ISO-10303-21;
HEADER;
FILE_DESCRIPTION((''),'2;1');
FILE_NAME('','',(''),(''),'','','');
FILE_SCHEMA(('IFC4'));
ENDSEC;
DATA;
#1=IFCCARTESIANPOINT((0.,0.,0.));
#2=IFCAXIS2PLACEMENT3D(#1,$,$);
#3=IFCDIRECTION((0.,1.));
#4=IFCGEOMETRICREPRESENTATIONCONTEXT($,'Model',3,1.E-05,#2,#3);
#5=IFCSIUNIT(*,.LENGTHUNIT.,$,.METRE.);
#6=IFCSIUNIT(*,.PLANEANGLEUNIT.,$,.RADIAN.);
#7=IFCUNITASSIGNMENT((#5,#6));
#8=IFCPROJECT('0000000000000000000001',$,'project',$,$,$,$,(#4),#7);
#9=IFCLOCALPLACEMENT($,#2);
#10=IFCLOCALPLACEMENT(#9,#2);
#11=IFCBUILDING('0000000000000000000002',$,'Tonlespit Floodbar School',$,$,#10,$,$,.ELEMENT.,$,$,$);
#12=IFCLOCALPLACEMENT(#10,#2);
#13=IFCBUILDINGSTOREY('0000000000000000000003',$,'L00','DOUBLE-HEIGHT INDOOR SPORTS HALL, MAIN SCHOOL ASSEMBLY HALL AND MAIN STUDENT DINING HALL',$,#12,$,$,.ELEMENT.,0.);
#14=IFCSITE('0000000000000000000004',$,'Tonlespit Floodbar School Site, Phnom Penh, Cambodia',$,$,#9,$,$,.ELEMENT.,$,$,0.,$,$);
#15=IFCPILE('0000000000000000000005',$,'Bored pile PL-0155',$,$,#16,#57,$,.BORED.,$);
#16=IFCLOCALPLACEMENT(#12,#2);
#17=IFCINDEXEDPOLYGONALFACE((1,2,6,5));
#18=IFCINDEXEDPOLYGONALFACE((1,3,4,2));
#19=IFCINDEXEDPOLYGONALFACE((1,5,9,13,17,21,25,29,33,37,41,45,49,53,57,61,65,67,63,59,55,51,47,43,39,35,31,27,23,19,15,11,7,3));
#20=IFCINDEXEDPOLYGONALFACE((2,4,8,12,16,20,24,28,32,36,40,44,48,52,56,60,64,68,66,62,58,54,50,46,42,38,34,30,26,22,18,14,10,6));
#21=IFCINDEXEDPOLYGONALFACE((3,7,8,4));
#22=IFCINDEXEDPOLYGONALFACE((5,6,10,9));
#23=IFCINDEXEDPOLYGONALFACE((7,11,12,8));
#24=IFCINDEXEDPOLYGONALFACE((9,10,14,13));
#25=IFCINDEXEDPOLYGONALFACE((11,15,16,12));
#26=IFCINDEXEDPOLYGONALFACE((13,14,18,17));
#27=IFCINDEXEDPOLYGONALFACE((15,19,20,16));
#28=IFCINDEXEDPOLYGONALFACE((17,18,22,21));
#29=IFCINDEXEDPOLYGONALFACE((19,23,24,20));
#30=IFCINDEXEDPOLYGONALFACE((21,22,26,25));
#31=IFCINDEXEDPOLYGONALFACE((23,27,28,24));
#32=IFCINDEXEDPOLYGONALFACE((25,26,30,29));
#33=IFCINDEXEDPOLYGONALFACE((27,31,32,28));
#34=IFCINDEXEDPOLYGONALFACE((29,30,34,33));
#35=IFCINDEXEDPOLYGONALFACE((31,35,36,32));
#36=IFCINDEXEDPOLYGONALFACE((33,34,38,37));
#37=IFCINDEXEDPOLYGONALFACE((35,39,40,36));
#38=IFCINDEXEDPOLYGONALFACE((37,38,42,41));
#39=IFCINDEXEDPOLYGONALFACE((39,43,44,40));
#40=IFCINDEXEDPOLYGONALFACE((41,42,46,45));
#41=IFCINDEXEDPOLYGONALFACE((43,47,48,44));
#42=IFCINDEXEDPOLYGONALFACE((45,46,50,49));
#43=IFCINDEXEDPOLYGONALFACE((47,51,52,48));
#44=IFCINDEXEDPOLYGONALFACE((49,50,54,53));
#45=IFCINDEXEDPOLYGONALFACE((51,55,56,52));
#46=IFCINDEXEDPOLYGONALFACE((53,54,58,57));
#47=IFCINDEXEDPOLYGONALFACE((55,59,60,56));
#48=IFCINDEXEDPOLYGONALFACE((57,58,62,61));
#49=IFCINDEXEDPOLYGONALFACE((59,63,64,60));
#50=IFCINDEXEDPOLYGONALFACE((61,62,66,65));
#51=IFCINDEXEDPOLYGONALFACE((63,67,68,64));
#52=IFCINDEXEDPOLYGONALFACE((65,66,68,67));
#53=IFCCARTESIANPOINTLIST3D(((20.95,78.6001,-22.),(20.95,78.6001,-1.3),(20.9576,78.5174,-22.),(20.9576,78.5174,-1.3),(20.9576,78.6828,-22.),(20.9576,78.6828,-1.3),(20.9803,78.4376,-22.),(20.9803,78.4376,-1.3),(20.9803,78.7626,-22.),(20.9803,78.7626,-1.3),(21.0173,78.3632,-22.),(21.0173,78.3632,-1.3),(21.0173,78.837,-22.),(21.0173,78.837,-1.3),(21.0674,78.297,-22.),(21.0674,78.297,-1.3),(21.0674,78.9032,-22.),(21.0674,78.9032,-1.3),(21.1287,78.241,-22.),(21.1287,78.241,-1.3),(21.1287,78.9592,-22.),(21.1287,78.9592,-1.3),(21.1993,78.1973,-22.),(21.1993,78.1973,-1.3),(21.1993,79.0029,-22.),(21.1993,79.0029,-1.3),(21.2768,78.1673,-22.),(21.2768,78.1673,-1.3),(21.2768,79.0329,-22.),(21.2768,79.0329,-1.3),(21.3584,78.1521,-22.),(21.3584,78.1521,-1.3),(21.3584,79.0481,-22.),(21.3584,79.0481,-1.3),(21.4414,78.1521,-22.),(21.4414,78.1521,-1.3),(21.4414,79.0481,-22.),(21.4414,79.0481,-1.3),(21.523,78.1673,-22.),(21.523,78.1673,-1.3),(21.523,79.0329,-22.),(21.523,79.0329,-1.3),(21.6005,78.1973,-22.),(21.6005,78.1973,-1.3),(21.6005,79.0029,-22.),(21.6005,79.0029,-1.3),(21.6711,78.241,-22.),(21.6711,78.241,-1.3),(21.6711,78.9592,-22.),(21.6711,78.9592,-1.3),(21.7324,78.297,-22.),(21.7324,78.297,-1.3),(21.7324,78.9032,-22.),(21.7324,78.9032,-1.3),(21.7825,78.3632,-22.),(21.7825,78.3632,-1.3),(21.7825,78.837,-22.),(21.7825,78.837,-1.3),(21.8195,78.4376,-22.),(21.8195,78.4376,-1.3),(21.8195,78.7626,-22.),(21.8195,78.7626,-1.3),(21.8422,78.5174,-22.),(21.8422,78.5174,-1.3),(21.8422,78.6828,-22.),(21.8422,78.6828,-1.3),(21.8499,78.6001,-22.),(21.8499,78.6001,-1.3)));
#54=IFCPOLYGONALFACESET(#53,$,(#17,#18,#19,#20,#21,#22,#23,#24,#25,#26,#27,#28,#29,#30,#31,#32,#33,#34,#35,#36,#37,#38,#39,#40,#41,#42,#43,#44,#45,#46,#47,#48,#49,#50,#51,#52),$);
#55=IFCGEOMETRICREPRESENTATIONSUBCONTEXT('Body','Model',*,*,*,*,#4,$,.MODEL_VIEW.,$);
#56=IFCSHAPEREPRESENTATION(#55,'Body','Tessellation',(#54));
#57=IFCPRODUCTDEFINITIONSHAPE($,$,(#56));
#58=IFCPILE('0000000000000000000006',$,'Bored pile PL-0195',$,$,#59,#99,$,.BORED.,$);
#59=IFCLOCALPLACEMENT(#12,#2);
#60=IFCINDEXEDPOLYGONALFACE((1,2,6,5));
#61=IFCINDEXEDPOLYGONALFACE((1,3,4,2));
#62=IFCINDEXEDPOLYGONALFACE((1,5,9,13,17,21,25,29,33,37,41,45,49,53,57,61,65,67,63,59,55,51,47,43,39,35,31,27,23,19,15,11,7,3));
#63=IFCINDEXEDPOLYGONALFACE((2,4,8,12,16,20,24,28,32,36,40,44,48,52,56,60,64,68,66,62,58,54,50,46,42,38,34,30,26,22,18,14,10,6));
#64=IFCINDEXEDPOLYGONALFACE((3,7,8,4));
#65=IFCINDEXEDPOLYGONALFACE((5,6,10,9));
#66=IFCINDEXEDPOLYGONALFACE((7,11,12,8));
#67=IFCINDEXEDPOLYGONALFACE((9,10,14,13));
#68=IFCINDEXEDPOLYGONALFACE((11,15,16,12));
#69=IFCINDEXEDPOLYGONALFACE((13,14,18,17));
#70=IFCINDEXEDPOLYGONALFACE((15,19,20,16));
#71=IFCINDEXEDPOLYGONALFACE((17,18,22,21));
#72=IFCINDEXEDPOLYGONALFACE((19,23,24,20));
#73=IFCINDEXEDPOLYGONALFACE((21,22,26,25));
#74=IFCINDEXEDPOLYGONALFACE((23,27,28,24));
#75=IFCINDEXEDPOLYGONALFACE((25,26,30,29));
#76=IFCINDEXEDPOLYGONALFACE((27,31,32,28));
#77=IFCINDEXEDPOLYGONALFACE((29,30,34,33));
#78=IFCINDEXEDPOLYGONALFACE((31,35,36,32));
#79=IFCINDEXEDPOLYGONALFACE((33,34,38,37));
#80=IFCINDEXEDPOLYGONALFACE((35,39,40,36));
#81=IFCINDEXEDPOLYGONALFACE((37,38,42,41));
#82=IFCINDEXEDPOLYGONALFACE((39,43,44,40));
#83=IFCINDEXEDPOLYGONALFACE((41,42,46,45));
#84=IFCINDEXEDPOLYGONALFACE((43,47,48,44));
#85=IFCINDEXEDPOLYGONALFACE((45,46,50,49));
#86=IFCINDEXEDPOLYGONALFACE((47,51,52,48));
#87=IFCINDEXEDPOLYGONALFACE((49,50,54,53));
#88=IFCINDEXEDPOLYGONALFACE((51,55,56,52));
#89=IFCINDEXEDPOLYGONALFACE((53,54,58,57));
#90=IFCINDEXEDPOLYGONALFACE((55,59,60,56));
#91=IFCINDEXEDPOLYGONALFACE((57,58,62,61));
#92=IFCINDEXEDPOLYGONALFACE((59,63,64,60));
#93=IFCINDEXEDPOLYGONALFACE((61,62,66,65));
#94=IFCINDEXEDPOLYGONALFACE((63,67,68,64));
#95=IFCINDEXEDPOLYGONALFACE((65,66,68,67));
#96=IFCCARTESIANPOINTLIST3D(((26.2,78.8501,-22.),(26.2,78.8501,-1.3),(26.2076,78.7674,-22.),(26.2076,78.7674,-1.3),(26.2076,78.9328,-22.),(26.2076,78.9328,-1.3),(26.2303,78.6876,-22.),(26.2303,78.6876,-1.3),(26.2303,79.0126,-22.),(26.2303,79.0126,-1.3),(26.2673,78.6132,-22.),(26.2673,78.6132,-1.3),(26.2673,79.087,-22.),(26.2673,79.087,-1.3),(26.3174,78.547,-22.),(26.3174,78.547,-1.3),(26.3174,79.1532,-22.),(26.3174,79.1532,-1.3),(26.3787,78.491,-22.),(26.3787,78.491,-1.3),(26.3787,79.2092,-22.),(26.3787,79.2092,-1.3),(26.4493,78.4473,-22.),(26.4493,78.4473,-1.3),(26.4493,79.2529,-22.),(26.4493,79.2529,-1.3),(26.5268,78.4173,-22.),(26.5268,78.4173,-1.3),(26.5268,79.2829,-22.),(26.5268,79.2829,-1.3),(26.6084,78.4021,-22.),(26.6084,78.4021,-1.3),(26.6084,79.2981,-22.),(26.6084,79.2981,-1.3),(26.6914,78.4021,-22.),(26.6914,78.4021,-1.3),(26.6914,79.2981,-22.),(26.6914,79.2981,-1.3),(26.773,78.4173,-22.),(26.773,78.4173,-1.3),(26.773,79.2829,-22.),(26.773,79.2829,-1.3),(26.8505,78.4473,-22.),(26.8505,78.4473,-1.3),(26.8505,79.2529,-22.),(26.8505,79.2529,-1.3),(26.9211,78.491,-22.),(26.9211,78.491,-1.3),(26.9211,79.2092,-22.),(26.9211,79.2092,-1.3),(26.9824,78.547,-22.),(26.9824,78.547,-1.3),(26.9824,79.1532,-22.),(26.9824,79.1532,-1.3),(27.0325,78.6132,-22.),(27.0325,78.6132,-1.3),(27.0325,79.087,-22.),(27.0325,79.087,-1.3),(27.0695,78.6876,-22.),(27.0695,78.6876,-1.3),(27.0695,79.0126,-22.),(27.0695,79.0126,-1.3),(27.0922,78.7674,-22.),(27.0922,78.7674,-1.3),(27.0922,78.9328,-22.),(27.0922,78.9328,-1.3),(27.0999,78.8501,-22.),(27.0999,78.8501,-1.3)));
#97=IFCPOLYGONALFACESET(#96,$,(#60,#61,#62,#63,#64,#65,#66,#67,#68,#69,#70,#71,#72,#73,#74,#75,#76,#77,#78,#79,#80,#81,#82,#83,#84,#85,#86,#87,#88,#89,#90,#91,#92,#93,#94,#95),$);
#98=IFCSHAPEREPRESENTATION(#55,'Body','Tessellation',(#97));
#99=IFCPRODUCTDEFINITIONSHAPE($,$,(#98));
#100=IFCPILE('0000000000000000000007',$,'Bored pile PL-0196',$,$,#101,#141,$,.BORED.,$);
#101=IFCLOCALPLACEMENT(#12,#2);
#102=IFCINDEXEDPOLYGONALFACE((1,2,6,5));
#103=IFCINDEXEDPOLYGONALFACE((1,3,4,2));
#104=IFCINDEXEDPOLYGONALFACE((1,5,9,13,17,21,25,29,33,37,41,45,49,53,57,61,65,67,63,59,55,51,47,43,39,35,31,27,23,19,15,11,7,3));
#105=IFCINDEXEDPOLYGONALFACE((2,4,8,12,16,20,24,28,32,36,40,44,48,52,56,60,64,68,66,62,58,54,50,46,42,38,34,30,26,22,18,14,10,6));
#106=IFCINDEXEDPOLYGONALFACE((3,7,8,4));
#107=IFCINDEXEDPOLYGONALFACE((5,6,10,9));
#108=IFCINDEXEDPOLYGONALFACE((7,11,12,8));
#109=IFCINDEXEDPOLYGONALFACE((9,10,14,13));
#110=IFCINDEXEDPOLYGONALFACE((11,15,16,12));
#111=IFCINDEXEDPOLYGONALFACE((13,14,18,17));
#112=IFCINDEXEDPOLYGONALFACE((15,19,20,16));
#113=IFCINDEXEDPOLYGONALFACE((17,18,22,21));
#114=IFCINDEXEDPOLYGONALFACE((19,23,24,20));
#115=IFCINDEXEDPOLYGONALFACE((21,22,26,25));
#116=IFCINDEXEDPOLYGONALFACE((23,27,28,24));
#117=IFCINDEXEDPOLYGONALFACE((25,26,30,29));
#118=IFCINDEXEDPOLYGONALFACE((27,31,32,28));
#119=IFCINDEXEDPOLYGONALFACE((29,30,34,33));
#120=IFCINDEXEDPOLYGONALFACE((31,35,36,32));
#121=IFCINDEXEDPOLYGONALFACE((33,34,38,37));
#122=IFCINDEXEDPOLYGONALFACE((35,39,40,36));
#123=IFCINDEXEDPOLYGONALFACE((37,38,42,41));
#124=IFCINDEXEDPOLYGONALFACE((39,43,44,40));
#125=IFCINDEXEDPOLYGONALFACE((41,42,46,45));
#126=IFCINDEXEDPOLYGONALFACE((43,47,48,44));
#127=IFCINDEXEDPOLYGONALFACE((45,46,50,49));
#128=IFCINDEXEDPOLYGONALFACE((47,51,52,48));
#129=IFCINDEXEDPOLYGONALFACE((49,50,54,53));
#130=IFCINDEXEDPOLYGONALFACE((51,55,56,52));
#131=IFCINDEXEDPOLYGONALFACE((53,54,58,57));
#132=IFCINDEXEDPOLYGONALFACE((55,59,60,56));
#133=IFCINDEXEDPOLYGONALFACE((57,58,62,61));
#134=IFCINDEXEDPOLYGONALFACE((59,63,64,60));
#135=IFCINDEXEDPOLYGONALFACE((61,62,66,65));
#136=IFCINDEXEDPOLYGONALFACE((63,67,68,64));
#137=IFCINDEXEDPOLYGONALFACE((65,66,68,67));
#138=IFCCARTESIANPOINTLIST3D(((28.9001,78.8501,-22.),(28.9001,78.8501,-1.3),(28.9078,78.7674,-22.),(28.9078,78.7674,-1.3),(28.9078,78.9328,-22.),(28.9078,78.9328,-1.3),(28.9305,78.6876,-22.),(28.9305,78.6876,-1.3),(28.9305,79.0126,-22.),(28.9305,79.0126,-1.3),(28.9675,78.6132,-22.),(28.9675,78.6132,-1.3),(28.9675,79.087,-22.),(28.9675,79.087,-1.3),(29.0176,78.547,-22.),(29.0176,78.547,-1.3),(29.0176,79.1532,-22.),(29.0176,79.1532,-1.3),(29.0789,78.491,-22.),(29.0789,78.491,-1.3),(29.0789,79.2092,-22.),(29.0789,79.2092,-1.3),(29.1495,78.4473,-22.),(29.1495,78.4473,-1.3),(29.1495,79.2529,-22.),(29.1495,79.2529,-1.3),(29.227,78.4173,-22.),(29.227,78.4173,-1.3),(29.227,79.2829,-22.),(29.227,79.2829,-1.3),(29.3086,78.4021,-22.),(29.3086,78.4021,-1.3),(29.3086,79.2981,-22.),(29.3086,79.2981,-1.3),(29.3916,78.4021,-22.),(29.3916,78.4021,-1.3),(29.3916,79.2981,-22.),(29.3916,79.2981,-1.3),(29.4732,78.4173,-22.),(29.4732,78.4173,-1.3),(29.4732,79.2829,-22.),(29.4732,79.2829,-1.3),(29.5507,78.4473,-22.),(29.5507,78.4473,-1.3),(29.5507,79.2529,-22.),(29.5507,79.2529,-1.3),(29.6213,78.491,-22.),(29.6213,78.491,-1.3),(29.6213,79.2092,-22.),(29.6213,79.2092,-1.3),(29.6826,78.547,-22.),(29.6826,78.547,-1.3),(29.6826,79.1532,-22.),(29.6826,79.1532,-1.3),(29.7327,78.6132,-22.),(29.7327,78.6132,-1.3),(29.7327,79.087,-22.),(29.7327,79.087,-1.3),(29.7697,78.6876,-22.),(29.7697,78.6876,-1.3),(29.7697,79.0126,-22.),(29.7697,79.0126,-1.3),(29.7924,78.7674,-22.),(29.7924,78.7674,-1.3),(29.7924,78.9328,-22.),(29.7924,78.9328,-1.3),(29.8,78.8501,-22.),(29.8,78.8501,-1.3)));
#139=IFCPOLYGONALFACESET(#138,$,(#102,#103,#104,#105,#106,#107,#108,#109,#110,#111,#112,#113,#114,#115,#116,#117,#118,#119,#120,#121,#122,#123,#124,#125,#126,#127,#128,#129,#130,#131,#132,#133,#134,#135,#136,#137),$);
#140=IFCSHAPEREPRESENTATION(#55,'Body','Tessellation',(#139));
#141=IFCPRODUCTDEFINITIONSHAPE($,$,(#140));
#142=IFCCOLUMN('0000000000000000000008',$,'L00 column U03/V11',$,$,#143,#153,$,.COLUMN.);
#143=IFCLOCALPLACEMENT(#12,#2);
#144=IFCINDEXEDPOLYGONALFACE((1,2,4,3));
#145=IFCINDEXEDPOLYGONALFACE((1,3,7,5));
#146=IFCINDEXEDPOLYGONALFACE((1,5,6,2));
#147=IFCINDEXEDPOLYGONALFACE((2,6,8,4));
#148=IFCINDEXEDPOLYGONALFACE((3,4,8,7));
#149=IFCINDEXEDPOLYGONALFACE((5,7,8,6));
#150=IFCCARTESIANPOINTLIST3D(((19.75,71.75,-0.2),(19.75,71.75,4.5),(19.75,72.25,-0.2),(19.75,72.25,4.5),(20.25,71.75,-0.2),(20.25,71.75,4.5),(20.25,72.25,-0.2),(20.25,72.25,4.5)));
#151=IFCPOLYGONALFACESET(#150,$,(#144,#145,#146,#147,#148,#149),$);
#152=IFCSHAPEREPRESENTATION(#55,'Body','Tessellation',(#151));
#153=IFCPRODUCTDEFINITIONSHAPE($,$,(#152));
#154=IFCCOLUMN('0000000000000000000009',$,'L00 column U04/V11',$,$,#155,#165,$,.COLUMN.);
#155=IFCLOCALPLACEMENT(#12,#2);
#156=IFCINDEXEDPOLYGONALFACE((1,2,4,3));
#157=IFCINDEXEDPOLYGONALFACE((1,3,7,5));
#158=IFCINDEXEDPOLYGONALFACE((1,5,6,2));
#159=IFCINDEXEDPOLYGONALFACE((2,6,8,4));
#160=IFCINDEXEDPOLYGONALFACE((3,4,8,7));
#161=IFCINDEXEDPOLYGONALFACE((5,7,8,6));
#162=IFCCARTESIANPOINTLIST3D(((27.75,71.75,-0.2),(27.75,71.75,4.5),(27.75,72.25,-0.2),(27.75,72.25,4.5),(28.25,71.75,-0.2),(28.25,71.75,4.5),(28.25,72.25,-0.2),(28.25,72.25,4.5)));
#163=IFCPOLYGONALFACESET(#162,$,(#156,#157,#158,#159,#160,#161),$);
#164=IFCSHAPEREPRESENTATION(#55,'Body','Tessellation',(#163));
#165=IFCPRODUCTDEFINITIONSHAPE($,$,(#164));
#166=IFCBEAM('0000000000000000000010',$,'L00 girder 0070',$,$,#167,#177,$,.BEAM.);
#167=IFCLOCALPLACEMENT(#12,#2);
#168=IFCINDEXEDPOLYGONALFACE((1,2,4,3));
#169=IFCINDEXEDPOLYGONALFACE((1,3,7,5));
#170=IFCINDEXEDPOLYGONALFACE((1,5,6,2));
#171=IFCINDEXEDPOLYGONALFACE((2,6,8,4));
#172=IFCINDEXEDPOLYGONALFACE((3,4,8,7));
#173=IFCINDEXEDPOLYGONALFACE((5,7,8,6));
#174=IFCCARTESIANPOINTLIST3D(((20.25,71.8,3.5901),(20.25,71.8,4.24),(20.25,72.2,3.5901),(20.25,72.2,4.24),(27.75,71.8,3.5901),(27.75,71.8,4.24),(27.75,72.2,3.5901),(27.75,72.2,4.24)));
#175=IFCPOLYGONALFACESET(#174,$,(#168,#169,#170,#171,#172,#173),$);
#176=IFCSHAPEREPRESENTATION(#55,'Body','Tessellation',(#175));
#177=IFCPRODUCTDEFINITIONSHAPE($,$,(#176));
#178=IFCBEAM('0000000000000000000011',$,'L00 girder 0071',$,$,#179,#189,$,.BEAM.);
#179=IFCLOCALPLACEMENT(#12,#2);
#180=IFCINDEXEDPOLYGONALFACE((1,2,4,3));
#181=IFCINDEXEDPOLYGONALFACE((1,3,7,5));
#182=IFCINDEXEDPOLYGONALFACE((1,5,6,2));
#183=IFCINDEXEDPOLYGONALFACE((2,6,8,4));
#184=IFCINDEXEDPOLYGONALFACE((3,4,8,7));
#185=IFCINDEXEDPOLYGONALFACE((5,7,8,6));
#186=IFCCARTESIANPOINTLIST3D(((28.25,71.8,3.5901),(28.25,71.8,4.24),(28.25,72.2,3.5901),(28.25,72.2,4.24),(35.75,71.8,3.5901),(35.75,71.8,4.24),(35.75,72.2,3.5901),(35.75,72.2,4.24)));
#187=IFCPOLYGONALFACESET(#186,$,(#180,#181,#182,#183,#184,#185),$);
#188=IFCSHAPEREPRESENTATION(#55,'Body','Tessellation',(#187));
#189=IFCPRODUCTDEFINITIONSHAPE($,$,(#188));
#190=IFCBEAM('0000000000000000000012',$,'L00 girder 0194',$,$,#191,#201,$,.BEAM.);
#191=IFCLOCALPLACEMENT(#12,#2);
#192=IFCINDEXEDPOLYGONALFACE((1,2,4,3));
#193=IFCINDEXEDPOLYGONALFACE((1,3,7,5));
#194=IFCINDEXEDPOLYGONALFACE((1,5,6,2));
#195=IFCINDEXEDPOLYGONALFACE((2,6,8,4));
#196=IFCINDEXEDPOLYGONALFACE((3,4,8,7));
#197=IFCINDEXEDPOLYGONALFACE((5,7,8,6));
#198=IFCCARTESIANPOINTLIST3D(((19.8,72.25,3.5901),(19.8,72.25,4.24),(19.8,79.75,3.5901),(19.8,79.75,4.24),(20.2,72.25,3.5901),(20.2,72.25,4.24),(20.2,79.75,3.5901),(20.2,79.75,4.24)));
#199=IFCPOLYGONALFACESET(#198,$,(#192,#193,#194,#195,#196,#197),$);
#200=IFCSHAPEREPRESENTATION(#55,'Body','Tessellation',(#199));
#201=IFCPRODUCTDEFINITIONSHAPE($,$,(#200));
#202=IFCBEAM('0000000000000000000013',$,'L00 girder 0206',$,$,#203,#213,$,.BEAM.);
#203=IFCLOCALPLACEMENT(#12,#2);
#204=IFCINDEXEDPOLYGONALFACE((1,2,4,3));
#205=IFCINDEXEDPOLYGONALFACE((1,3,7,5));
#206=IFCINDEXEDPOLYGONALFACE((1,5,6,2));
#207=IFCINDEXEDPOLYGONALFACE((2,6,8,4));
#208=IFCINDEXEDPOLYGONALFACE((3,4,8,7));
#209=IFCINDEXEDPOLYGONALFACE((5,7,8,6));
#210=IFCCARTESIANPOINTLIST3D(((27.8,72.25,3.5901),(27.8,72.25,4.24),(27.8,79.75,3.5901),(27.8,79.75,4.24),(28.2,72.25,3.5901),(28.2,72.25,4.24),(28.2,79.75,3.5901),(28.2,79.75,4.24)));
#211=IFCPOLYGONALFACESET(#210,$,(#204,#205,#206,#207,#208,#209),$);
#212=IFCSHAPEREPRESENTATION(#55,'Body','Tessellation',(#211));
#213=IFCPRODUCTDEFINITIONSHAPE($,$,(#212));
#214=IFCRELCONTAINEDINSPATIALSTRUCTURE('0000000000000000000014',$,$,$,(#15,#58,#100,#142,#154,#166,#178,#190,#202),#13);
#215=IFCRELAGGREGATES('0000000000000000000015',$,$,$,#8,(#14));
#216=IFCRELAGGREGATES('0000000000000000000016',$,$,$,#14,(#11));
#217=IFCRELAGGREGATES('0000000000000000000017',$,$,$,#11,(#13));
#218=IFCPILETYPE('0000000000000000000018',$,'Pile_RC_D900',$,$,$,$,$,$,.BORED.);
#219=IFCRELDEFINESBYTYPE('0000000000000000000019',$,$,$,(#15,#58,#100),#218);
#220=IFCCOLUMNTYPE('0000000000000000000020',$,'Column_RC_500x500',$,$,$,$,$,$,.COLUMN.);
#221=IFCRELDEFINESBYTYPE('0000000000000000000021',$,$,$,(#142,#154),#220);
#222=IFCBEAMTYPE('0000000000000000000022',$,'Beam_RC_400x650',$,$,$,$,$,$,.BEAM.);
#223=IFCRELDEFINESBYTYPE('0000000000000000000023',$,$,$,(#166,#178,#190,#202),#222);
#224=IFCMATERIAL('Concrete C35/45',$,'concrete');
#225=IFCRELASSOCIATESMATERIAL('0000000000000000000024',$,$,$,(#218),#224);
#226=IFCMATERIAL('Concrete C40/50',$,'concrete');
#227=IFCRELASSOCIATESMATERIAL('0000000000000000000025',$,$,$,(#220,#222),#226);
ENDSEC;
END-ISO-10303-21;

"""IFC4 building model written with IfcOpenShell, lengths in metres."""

from ifc_helpers import new_model, si_unit, direction, frame, origin, origin_2d, place, context, subcontext, project, spatial, rectangle, circle, extrude, material, material_profile, profile_set, type_object, element, save


model = new_model("IFC4")

# Units and contexts
model_context = context("Model", 3, precision=1e-05, world=origin(), true_north=direction((0.0, 1.0)))
body_context = subcontext(model_context, "Body", "Model", "MODEL_VIEW")
ifc_project = project(units=[si_unit("LENGTHUNIT", "METRE"), si_unit("PLANEANGLEUNIT", "RADIAN")], contexts=[model_context])

# Site, building, storey
site_placement = place(None, origin())
site = spatial("IfcSite", under=ifc_project, at=site_placement, Name="Tonlespit Floodbar School Site, Phnom Penh, Cambodia", CompositionType="ELEMENT", RefElevation=0.0)
building_placement = place(site_placement, origin())
building = spatial("IfcBuilding", under=site, at=building_placement, Name="Tonlespit Floodbar School", CompositionType="ELEMENT")
storey_placement = place(building_placement, origin())
storey = spatial("IfcBuildingStorey", under=building, at=storey_placement, Name="L00", Description="DOUBLE-HEIGHT INDOOR SPORTS HALL, MAIN SCHOOL ASSEMBLY HALL AND MAIN STUDENT DINING HALL", CompositionType="ELEMENT", Elevation=0.0)

# Shared definitions
ifc_material_1 = material(Name="Concrete C40/50", Category="concrete")

# Piles
ifc_material_2 = material(Name="Concrete C35/45", Category="concrete")
ifc_material_profile_1 = material_profile(ifc_material_2, circle(Radius=0.45, at=origin_2d()), Name="BP D900")
ifc_profile_set_1 = profile_set([ifc_material_profile_1], Name="Concrete C35/45")
pile_type_1 = type_object("IfcPileType", Name="Pile_RC_D900", PredefinedType="BORED", material=ifc_profile_set_1)
for number, where, z_axis, x_axis, name in (
    (1, (21.3999, 78.6001, -1.3), (0.0, 0.0, -1.0), (1.0, 0.0, 0.0), "Bored pile PL-0155"),
    (2, (26.6499, 78.8501, -1.3), (0.0, 0.0, -1.0), (1.0, 0.0, 0.0), "Bored pile PL-0195"),
    (3, (29.3501, 78.8501, -1.3), (0.0, 0.0, -1.0), (1.0, 0.0, 0.0), "Bored pile PL-0196"),
):
    element("IfcPile", number, at=place(storey_placement, frame(where, z_axis=z_axis, x_axis=x_axis)), inside=storey, type_object=pile_type_1, Name=name, PredefinedType="BORED", context=body_context, shape_type="SweptSolid", body=[
        extrude(circle(Radius=0.45, at=origin_2d()), origin(), (0.0, 0.0, 1.0), 20.7),
    ])

# Columns
ifc_material_profile_2 = material_profile(ifc_material_1, rectangle(XDim=0.5, YDim=0.5, at=origin_2d()), Name="RC 500x500")
ifc_profile_set_2 = profile_set([ifc_material_profile_2], Name="Concrete C40/50")
column_type = type_object("IfcColumnType", Name="Column_RC_500x500", PredefinedType="COLUMN", material=ifc_profile_set_2)
for number, where, z_axis, x_axis, name in (
    (4, (20.0, 72.0, -0.2), (0.0, 0.0, 1.0), (1.0, 0.0, 0.0), "L00 column U03/V11"),
    (5, (28.0, 72.0, -0.2), (0.0, 0.0, 1.0), (1.0, 0.0, 0.0), "L00 column U04/V11"),
):
    element("IfcColumn", number, at=place(storey_placement, frame(where, z_axis=z_axis, x_axis=x_axis)), inside=storey, type_object=column_type, Name=name, PredefinedType="COLUMN", context=body_context, shape_type="SweptSolid", body=[
        extrude(rectangle(XDim=0.5, YDim=0.5, at=origin_2d()), origin(), (0.0, 0.0, 1.0), 4.7),
    ])

# Beams
ifc_material_profile_3 = material_profile(ifc_material_1, rectangle(XDim=0.3999, YDim=0.6499, at=origin_2d()), Name="RC 400x650")
ifc_profile_set_3 = profile_set([ifc_material_profile_3], Name="Concrete C40/50")
beam_type_1 = type_object("IfcBeamType", Name="Beam_RC_400x650", PredefinedType="BEAM", material=ifc_profile_set_3)
for number, where, z_axis, x_axis, name in (
    (6, (20.25, 72.0, 3.915), (1.0, 0.0, 0.0), (0.0, 1.0, 0.0), "L00 girder 0070"),
    (7, (28.25, 72.0, 3.915), (1.0, 0.0, 0.0), (0.0, 1.0, 0.0), "L00 girder 0071"),
    (8, (20.0, 72.25, 3.915), (0.0, 1.0, 0.0), (-1.0, 0.0, 0.0), "L00 girder 0194"),
    (9, (28.0, 72.25, 3.915), (0.0, 1.0, 0.0), (-1.0, 0.0, 0.0), "L00 girder 0206"),
):
    element("IfcBeam", number, at=place(storey_placement, frame(where, z_axis=z_axis, x_axis=x_axis)), inside=storey, type_object=beam_type_1, Name=name, PredefinedType="BEAM", context=body_context, shape_type="SweptSolid", body=[
        extrude(rectangle(XDim=0.3999, YDim=0.6499, at=origin_2d()), origin(), (0.0, 0.0, 1.0), 7.5),
    ])

save(model, "model.ifc")
